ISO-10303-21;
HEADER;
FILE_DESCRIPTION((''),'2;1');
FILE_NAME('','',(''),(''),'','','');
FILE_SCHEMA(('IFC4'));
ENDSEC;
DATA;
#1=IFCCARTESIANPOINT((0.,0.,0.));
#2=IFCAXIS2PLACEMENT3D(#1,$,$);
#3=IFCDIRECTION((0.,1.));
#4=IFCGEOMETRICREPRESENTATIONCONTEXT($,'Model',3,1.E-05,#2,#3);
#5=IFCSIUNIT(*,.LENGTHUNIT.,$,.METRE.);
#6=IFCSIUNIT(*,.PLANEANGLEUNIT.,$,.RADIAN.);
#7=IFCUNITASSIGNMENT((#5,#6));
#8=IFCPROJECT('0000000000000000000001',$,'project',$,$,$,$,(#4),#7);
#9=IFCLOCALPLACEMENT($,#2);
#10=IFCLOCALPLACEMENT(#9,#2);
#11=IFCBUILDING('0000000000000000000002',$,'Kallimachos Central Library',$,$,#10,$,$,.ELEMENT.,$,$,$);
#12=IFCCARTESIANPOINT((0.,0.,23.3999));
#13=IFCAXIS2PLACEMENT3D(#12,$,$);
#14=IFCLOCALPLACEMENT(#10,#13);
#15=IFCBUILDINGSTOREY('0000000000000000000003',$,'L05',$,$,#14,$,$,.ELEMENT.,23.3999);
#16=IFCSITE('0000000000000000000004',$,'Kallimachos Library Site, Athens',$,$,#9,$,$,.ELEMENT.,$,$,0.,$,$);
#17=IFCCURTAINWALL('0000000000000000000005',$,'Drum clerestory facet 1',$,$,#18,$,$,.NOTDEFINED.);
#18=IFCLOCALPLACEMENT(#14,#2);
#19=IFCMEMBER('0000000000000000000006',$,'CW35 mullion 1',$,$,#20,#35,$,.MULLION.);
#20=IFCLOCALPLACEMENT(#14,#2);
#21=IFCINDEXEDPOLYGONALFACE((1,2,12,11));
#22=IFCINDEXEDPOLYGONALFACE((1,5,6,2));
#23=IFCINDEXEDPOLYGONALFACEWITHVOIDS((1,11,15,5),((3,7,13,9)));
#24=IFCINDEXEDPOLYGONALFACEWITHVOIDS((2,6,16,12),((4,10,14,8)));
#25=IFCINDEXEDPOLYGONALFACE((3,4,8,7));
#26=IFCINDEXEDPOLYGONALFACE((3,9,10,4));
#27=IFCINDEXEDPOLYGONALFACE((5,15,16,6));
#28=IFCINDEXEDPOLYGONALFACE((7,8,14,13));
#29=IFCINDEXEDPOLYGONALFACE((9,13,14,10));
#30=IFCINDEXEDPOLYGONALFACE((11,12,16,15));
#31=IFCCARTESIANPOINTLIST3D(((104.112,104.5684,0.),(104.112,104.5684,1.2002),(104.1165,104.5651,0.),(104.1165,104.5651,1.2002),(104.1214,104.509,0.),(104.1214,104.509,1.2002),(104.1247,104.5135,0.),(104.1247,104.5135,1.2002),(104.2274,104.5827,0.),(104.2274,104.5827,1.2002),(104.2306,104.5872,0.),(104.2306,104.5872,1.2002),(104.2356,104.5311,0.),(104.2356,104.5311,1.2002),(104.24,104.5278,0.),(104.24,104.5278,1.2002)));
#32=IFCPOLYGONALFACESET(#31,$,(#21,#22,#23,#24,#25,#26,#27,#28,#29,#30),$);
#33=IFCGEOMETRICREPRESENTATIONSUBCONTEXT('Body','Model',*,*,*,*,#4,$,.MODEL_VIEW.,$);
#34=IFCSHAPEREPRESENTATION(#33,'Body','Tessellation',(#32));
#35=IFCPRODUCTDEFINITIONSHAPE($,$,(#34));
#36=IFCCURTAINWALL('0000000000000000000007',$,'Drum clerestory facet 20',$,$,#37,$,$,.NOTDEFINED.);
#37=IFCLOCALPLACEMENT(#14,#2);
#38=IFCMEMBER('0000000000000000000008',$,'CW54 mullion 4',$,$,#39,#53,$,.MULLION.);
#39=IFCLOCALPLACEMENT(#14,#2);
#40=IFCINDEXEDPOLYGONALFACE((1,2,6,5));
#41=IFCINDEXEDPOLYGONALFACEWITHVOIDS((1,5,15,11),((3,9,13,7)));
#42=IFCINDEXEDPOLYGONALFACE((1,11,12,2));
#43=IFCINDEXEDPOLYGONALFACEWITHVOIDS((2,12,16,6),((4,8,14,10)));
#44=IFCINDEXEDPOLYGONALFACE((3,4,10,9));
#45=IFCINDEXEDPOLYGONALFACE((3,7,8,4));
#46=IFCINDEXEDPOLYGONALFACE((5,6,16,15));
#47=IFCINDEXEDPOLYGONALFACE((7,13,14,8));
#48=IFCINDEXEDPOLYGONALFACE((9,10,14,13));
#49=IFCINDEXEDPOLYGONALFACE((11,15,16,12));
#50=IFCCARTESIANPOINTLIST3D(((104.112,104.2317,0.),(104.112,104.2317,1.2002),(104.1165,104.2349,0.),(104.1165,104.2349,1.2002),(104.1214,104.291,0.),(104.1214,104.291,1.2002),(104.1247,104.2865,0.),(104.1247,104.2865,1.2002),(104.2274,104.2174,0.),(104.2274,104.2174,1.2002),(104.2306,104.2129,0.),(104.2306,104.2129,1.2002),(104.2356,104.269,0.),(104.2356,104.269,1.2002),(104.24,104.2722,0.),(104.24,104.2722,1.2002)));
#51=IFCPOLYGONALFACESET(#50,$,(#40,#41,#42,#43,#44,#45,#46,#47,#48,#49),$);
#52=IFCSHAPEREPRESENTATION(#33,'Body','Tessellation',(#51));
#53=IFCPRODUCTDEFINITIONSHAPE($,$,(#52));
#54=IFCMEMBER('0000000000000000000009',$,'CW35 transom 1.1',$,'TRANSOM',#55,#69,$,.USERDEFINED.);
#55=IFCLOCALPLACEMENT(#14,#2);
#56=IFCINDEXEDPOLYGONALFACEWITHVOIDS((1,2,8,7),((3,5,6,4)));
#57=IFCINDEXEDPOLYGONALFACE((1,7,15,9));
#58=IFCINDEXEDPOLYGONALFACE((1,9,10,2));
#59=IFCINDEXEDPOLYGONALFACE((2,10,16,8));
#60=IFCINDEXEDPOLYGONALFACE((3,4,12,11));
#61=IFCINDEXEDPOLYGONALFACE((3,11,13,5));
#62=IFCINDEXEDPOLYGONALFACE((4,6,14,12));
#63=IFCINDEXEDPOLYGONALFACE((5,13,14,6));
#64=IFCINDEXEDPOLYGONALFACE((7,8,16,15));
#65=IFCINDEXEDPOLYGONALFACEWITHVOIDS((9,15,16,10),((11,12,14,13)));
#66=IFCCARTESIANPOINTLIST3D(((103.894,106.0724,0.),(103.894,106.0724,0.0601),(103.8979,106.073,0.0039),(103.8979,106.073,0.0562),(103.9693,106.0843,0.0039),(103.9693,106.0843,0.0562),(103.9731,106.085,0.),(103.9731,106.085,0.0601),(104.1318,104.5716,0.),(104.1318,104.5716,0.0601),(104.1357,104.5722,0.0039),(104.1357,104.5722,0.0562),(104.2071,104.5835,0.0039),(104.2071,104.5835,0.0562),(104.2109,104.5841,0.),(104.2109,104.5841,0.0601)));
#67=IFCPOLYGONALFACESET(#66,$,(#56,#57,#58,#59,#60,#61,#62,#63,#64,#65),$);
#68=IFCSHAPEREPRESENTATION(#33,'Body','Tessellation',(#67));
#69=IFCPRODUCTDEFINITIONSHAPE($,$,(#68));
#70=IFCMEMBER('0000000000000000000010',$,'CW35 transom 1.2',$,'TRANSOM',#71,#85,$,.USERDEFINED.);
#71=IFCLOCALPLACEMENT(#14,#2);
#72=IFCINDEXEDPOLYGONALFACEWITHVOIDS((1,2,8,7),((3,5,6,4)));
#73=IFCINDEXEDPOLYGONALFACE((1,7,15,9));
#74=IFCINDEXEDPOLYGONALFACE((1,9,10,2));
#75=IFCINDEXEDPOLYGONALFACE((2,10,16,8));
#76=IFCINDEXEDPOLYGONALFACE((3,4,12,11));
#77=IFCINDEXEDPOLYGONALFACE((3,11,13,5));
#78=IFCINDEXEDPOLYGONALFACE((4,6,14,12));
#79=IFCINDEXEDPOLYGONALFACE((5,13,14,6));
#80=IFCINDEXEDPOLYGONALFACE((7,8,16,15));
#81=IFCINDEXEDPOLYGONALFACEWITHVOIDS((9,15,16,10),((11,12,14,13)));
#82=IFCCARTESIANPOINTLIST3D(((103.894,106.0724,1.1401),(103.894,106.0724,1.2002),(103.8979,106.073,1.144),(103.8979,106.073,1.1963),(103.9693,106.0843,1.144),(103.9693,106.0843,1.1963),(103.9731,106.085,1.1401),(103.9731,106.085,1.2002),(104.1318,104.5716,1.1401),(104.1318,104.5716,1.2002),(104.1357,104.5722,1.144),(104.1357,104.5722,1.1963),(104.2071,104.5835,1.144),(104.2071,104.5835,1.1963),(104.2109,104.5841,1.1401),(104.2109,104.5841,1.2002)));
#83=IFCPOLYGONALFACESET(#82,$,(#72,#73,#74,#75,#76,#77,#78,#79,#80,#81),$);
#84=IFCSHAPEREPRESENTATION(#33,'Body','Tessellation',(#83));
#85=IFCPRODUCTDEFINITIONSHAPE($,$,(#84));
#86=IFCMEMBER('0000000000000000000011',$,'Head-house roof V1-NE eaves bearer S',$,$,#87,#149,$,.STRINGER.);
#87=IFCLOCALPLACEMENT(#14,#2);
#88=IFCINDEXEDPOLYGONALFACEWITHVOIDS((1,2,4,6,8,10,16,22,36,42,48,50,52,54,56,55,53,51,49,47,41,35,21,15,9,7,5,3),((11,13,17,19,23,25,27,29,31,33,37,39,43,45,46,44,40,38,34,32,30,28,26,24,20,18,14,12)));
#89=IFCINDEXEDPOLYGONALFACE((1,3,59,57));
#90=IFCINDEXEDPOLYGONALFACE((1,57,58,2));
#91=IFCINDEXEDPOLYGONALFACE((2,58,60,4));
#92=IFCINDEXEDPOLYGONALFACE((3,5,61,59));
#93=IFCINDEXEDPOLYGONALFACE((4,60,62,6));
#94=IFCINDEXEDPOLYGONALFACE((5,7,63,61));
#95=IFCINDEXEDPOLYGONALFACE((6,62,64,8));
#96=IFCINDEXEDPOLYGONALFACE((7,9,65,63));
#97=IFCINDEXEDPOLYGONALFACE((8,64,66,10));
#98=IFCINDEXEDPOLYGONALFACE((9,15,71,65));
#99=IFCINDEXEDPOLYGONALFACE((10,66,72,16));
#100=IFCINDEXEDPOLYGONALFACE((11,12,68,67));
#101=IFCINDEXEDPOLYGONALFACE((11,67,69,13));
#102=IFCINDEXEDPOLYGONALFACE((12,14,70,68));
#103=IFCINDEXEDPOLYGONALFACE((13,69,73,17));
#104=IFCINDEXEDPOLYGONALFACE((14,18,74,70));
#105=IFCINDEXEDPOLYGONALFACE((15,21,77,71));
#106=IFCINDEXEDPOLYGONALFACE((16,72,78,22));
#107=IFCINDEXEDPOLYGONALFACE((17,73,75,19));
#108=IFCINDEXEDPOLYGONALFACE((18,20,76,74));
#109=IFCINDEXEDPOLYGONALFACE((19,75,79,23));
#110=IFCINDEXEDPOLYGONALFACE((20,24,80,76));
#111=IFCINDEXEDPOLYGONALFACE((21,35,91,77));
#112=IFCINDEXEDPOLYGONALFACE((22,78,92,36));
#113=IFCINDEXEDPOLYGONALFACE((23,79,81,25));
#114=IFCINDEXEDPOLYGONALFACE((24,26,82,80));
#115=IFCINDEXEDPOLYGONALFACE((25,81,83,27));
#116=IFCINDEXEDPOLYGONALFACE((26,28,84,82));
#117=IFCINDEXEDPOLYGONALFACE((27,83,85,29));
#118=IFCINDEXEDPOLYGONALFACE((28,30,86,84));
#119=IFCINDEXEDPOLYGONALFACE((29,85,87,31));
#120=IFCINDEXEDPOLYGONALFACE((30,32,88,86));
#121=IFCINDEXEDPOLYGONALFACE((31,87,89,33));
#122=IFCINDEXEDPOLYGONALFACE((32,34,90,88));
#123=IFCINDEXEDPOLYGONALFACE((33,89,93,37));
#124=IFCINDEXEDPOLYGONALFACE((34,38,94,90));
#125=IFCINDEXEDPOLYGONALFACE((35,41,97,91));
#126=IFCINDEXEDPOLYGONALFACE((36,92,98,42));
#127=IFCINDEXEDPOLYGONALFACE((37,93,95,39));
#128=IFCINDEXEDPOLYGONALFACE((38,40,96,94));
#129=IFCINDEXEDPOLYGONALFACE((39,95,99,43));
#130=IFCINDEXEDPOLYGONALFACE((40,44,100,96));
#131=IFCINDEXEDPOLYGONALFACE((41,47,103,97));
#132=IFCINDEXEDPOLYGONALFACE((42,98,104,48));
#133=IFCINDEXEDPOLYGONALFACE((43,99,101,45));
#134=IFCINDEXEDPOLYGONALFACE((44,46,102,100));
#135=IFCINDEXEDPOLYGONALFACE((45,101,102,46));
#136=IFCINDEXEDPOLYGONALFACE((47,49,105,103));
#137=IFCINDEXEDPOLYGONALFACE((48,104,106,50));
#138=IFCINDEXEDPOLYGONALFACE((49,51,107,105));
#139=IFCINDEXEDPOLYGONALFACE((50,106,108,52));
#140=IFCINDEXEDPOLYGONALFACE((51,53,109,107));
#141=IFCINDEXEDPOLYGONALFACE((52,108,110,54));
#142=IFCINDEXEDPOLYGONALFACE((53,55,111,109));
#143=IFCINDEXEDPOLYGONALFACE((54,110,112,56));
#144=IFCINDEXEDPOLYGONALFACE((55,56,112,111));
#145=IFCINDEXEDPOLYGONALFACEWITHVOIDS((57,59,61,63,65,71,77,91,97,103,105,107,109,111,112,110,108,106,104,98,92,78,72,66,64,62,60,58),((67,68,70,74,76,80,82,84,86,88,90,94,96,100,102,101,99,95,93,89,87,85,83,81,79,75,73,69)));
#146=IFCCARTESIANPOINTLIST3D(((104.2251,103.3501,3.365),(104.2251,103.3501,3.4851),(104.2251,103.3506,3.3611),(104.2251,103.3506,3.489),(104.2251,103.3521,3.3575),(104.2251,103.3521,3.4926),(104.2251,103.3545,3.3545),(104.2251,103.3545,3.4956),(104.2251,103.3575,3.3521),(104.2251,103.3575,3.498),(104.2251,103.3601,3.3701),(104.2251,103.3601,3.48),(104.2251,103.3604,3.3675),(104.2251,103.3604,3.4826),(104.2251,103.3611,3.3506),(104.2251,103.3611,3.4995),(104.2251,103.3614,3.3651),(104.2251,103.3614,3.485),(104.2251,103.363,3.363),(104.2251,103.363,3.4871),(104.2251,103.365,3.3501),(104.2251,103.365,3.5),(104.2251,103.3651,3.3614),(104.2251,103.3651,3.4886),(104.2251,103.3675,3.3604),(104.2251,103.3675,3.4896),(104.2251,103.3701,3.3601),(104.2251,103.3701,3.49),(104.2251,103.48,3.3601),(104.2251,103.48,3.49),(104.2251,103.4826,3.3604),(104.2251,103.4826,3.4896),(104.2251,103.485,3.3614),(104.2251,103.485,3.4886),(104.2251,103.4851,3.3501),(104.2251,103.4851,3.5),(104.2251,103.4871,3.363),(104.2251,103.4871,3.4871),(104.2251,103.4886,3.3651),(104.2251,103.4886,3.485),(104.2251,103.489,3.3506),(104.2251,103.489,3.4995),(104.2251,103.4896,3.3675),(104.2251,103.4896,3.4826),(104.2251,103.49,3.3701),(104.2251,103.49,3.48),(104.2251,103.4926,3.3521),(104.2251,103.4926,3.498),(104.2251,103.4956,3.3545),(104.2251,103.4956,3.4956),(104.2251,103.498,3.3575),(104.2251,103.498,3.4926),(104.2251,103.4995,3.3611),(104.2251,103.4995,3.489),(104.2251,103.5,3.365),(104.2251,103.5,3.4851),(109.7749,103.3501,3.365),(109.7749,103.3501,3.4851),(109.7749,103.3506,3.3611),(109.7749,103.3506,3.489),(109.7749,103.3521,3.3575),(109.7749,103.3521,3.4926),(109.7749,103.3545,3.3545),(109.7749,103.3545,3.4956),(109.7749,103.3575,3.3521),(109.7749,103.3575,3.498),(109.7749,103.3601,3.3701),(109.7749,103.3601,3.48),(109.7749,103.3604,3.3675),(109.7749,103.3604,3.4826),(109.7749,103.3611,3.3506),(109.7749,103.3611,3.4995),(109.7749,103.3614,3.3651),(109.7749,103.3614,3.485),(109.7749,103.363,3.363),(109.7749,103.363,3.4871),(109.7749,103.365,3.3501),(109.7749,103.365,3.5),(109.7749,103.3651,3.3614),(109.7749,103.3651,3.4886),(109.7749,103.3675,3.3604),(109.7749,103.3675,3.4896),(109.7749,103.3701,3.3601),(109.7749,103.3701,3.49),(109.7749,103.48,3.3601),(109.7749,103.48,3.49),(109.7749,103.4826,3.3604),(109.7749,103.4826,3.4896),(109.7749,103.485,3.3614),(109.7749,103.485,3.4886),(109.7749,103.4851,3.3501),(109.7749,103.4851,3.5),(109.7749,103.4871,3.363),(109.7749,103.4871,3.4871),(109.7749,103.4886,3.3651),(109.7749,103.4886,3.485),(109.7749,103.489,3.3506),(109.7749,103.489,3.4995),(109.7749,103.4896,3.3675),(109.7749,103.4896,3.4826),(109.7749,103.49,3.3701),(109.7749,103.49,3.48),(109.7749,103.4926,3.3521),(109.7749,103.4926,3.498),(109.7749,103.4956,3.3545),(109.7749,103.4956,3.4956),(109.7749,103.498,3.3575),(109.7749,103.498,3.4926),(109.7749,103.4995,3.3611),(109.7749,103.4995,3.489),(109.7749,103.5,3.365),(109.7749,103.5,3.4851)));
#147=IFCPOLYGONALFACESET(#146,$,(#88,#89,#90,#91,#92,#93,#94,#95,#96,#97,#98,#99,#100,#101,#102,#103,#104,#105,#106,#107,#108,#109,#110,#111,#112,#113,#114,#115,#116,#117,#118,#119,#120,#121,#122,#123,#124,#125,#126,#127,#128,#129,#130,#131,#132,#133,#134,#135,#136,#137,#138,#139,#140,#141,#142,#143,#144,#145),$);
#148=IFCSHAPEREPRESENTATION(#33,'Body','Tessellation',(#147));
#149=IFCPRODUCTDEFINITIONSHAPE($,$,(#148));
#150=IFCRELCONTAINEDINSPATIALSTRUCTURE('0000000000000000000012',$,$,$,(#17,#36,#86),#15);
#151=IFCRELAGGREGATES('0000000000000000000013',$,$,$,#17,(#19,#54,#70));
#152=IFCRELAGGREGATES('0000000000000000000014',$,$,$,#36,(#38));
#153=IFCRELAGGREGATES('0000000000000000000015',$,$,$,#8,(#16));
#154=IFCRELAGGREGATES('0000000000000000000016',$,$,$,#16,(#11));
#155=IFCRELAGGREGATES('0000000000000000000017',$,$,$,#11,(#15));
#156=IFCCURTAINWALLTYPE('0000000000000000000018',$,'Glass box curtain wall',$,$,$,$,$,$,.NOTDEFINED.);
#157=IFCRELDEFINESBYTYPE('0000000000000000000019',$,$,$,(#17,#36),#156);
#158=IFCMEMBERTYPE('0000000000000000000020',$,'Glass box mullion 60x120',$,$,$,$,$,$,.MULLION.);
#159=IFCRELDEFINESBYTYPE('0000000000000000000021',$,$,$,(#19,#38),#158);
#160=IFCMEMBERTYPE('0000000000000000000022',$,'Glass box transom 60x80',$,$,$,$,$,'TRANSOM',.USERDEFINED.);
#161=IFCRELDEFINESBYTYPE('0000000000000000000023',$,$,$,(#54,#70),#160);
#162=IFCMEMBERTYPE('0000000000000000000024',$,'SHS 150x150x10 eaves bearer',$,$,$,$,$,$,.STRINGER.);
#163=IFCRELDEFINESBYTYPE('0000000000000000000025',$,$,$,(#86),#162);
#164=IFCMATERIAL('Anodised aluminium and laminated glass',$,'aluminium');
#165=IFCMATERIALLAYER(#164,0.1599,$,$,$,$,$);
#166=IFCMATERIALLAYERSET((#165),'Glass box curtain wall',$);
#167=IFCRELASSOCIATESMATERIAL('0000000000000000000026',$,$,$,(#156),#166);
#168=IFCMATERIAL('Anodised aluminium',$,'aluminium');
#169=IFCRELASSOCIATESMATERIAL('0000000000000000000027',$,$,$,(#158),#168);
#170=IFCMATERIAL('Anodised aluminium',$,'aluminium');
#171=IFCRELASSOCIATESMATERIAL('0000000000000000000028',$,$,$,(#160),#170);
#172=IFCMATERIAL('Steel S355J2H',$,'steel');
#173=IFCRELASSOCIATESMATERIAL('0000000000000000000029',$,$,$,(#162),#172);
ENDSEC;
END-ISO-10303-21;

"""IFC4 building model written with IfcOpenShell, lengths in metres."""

from ifc_helpers import new_model, si_unit, direction, frame, origin, origin_2d, place, context, subcontext, project, spatial, hollow_rectangle, extrude, material, layer, layer_set, material_profile, profile_set, type_object, element, aggregate, save


model = new_model("IFC4")

# Units and contexts
model_context = context("Model", 3, precision=1e-05, world=origin(), true_north=direction((0.0, 1.0)))
body_context = subcontext(model_context, "Body", "Model", "MODEL_VIEW")
ifc_project = project(units=[si_unit("LENGTHUNIT", "METRE"), si_unit("PLANEANGLEUNIT", "RADIAN")], contexts=[model_context])

# Site, building, storey
site_placement = place(None, origin())
site = spatial("IfcSite", under=ifc_project, at=site_placement, Name="Kallimachos Library Site, Athens", CompositionType="ELEMENT", RefElevation=0.0)
building_placement = place(site_placement, origin())
building = spatial("IfcBuilding", under=site, at=building_placement, Name="Kallimachos Central Library", CompositionType="ELEMENT")
storey_placement = place(building_placement, frame((0.0, 0.0, 23.3999)))
storey = spatial("IfcBuildingStorey", under=building, at=storey_placement, Name="L05", CompositionType="ELEMENT", Elevation=23.3999)

# Curtain walls, members
ifc_material_1 = material(Name="Anodised aluminium and laminated glass", Category="aluminium")
ifc_layer_1 = layer(ifc_material_1, 0.1599)
ifc_layer_set_1 = layer_set([ifc_layer_1], Name="Glass box curtain wall")
curtain_wall_type = type_object("IfcCurtainWallType", Name="Glass box curtain wall", PredefinedType="NOTDEFINED", material=ifc_layer_set_1)
curtain_wall_1_placement = place(storey_placement, origin())
curtain_wall_1 = element("IfcCurtainWall", 1, at=curtain_wall_1_placement, inside=storey, type_object=curtain_wall_type, Name="Drum clerestory facet 1", PredefinedType="NOTDEFINED")
ifc_material_2 = material(Name="Anodised aluminium", Category="aluminium")
ifc_material_profile_1 = material_profile(ifc_material_2, hollow_rectangle(XDim=0.0601, YDim=0.1201, WallThickness=0.0039, at=origin_2d()), Name="ALU MULLION 60x120")
ifc_profile_set_1 = profile_set([ifc_material_profile_1], Name="Anodised aluminium")
member_type_1 = type_object("IfcMemberType", Name="Glass box mullion 60x120", PredefinedType="MULLION", material=ifc_profile_set_1)
member_1_placement = place(storey_placement, frame((104.176, 104.5481, 0.0), z_axis=(0.0, 0.0, 1.0), x_axis=(-0.156435, 0.987688, 0.0)))
member_1 = element("IfcMember", 2, at=member_1_placement, type_object=member_type_1, Name="CW35 mullion 1", PredefinedType="MULLION", context=body_context, shape_type="SweptSolid", body=[
    extrude(hollow_rectangle(XDim=0.0601, YDim=0.1201, WallThickness=0.0039, at=origin_2d()), origin(), (0.0, 0.0, 1.0), 1.2002),
])
curtain_wall_2_placement = place(storey_placement, origin())
curtain_wall_2 = element("IfcCurtainWall", 3, at=curtain_wall_2_placement, inside=storey, type_object=curtain_wall_type, Name="Drum clerestory facet 20", PredefinedType="NOTDEFINED")
member_2_placement = place(storey_placement, frame((104.176, 104.252, 0.0), z_axis=(0.0, 0.0, 1.0), x_axis=(0.156435, 0.987688, 0.0)))
member_2 = element("IfcMember", 4, at=member_2_placement, type_object=member_type_1, Name="CW54 mullion 4", PredefinedType="MULLION", context=body_context, shape_type="SweptSolid", body=[
    extrude(hollow_rectangle(XDim=0.0601, YDim=0.1201, WallThickness=0.0039, at=origin_2d()), origin(), (0.0, 0.0, 1.0), 1.2002),
])

# Members
ifc_material_3 = material(Name="Anodised aluminium", Category="aluminium")
ifc_material_profile_2 = material_profile(ifc_material_3, hollow_rectangle(XDim=0.0601, YDim=0.0801, WallThickness=0.0039, at=origin_2d()), Name="ALU TRANSOM 60x80")
ifc_profile_set_2 = profile_set([ifc_material_profile_2], Name="Anodised aluminium")
member_type_2 = type_object("IfcMemberType", Name="Glass box transom 60x80", ElementType="TRANSOM", PredefinedType="USERDEFINED", material=ifc_profile_set_2)
member_3_placement = place(storey_placement, frame((104.1714, 104.5779, 0.03), z_axis=(-0.156499, 0.987678, 0.0), x_axis=(0.0, 0.0, 1.0)))
member_3 = element("IfcMember", 5, at=member_3_placement, type_object=member_type_2, Name="CW35 transom 1.1", ObjectType="TRANSOM", PredefinedType="USERDEFINED", context=body_context, shape_type="SweptSolid", body=[
    extrude(hollow_rectangle(XDim=0.0601, YDim=0.0801, WallThickness=0.0039, at=origin_2d()), origin(), (0.0, 0.0, 1.0), 1.5195),
])
member_4_placement = place(storey_placement, frame((104.1714, 104.5779, 1.1702), z_axis=(-0.156499, 0.987678, 0.0), x_axis=(0.0, 0.0, 1.0)))
member_4 = element("IfcMember", 6, at=member_4_placement, type_object=member_type_2, Name="CW35 transom 1.2", ObjectType="TRANSOM", PredefinedType="USERDEFINED", context=body_context, shape_type="SweptSolid", body=[
    extrude(hollow_rectangle(XDim=0.0601, YDim=0.0801, WallThickness=0.0039, at=origin_2d()), origin(), (0.0, 0.0, 1.0), 1.5195),
])

# Member
ifc_material_4 = material(Name="Steel S355J2H", Category="steel")
ifc_material_profile_3 = material_profile(ifc_material_4, hollow_rectangle(XDim=0.1499, YDim=0.1499, WallThickness=0.01, InnerFilletRadius=0.01, OuterFilletRadius=0.0149, at=origin_2d()), Name="SHS 150x150x10")
ifc_profile_set_3 = profile_set([ifc_material_profile_3], Name="Steel S355J2H")
member_type_3 = type_object("IfcMemberType", Name="SHS 150x150x10 eaves bearer", PredefinedType="STRINGER", material=ifc_profile_set_3)
member_5_placement = place(storey_placement, frame((104.2251, 103.425, 3.425), z_axis=(1.0, 0.0, 0.0), x_axis=(0.0, 1.0, 0.0)))
element("IfcMember", 7, at=member_5_placement, inside=storey, type_object=member_type_3, Name="Head-house roof V1-NE eaves bearer S", PredefinedType="STRINGER", context=body_context, shape_type="SweptSolid", body=[
    extrude(hollow_rectangle(XDim=0.1499, YDim=0.1499, WallThickness=0.01, InnerFilletRadius=0.01, OuterFilletRadius=0.0149, at=origin_2d()), origin(), (0.0, 0.0, 1.0), 5.5498),
])

aggregate(curtain_wall_1, [member_1, member_3, member_4])
aggregate(curtain_wall_2, [member_2])

save(model, "model.ifc")
